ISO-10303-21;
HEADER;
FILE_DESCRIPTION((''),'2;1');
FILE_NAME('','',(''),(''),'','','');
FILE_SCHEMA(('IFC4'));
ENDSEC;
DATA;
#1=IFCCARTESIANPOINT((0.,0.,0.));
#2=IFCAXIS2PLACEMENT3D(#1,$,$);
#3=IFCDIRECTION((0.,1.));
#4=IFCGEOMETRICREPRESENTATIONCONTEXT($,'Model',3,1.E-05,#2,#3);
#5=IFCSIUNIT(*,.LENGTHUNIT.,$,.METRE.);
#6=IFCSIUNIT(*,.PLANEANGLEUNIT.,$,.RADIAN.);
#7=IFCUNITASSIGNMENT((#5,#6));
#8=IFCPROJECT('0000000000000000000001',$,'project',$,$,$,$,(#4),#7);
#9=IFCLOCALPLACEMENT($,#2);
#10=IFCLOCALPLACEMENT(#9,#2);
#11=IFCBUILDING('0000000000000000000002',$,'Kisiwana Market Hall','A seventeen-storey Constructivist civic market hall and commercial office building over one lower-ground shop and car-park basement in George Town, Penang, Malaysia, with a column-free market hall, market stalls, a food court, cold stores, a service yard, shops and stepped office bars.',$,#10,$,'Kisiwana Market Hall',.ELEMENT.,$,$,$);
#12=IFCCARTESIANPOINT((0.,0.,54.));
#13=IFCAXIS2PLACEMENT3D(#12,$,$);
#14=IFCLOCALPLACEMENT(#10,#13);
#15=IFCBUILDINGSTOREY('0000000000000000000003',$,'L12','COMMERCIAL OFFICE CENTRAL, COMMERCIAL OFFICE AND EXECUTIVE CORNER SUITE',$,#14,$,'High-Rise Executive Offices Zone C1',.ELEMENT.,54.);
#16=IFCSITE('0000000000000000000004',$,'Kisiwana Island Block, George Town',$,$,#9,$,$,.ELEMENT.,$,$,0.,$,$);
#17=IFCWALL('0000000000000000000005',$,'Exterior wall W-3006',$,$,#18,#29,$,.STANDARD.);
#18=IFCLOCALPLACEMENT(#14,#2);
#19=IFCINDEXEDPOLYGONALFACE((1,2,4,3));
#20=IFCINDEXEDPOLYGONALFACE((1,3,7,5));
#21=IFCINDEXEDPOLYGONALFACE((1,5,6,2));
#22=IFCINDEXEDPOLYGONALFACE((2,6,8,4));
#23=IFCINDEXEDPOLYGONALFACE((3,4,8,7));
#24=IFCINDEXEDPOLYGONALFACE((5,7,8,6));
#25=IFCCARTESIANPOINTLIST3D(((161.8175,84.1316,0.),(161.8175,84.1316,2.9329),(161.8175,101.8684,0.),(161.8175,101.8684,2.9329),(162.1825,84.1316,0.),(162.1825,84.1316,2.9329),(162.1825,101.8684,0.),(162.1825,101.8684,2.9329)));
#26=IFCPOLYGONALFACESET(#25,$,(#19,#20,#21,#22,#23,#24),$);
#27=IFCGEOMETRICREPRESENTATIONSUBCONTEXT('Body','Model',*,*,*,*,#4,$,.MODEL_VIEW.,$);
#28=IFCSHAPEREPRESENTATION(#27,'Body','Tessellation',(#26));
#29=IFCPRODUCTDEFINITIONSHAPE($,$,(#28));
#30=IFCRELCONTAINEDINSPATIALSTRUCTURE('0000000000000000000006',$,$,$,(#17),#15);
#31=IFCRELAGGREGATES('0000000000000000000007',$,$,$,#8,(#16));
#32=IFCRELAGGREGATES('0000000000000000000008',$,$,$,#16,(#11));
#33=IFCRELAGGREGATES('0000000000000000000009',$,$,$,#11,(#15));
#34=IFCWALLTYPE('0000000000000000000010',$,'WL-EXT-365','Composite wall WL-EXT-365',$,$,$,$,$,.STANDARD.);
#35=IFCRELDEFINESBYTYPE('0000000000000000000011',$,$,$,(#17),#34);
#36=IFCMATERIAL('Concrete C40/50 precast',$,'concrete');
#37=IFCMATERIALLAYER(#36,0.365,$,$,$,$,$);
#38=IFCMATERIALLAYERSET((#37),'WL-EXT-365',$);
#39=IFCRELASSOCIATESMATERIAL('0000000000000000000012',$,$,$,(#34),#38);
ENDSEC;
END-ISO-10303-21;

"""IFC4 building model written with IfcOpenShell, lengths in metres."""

from ifc_helpers import new_model, si_unit, direction, frame, frame_2d, origin, place, context, subcontext, project, spatial, rectangle, extrude, material, layer, layer_set, type_object, element, save


model = new_model("IFC4")

# Units and contexts
model_context = context("Model", 3, precision=1e-05, world=origin(), true_north=direction((0.0, 1.0)))
body_context = subcontext(model_context, "Body", "Model", "MODEL_VIEW")
ifc_project = project(units=[si_unit("LENGTHUNIT", "METRE"), si_unit("PLANEANGLEUNIT", "RADIAN")], contexts=[model_context])

# Site, building, storey
site_placement = place(None, origin())
site = spatial("IfcSite", under=ifc_project, at=site_placement, Name="Kisiwana Island Block, George Town", CompositionType="ELEMENT", RefElevation=0.0)
building_placement = place(site_placement, origin())
building = spatial("IfcBuilding", under=site, at=building_placement, Name="Kisiwana Market Hall", Description="A seventeen-storey Constructivist civic market hall and commercial office building over one lower-ground shop and car-park basement in George Town, Penang, Malaysia, with a column-free market hall, market stalls, a food court, cold stores, a service yard, shops and stepped office bars.", LongName="Kisiwana Market Hall", CompositionType="ELEMENT")
storey_placement = place(building_placement, frame((0.0, 0.0, 54.0)))
storey = spatial("IfcBuildingStorey", under=building, at=storey_placement, Name="L12", Description="COMMERCIAL OFFICE CENTRAL, COMMERCIAL OFFICE AND EXECUTIVE CORNER SUITE", LongName="High-Rise Executive Offices Zone C1", CompositionType="ELEMENT", Elevation=54.0)

# Wall
ifc_material_1 = material(Name="Concrete C40/50 precast", Category="concrete")
ifc_layer = layer(ifc_material_1, 0.365)
ifc_layer_set = layer_set([ifc_layer], Name="WL-EXT-365")
wall_type = type_object("IfcWallType", Name="WL-EXT-365", Description="Composite wall WL-EXT-365", PredefinedType="STANDARD", material=ifc_layer_set)
wall_1_placement = place(storey_placement, frame((162.0, 84.1316, 0.0), z_axis=(0.0, 0.0, 1.0), x_axis=(0.0, 1.0, 0.0)))
element("IfcWall", 1, at=wall_1_placement, inside=storey, type_object=wall_type, Name="Exterior wall W-3006", PredefinedType="STANDARD", context=body_context, shape_type="SweptSolid", body=[
    extrude(rectangle(XDim=17.7368, YDim=0.365, at=frame_2d((8.8684, 0.0))), origin(), (0.0, 0.0, 1.0), 2.9329),
])

save(model, "model.ifc")
